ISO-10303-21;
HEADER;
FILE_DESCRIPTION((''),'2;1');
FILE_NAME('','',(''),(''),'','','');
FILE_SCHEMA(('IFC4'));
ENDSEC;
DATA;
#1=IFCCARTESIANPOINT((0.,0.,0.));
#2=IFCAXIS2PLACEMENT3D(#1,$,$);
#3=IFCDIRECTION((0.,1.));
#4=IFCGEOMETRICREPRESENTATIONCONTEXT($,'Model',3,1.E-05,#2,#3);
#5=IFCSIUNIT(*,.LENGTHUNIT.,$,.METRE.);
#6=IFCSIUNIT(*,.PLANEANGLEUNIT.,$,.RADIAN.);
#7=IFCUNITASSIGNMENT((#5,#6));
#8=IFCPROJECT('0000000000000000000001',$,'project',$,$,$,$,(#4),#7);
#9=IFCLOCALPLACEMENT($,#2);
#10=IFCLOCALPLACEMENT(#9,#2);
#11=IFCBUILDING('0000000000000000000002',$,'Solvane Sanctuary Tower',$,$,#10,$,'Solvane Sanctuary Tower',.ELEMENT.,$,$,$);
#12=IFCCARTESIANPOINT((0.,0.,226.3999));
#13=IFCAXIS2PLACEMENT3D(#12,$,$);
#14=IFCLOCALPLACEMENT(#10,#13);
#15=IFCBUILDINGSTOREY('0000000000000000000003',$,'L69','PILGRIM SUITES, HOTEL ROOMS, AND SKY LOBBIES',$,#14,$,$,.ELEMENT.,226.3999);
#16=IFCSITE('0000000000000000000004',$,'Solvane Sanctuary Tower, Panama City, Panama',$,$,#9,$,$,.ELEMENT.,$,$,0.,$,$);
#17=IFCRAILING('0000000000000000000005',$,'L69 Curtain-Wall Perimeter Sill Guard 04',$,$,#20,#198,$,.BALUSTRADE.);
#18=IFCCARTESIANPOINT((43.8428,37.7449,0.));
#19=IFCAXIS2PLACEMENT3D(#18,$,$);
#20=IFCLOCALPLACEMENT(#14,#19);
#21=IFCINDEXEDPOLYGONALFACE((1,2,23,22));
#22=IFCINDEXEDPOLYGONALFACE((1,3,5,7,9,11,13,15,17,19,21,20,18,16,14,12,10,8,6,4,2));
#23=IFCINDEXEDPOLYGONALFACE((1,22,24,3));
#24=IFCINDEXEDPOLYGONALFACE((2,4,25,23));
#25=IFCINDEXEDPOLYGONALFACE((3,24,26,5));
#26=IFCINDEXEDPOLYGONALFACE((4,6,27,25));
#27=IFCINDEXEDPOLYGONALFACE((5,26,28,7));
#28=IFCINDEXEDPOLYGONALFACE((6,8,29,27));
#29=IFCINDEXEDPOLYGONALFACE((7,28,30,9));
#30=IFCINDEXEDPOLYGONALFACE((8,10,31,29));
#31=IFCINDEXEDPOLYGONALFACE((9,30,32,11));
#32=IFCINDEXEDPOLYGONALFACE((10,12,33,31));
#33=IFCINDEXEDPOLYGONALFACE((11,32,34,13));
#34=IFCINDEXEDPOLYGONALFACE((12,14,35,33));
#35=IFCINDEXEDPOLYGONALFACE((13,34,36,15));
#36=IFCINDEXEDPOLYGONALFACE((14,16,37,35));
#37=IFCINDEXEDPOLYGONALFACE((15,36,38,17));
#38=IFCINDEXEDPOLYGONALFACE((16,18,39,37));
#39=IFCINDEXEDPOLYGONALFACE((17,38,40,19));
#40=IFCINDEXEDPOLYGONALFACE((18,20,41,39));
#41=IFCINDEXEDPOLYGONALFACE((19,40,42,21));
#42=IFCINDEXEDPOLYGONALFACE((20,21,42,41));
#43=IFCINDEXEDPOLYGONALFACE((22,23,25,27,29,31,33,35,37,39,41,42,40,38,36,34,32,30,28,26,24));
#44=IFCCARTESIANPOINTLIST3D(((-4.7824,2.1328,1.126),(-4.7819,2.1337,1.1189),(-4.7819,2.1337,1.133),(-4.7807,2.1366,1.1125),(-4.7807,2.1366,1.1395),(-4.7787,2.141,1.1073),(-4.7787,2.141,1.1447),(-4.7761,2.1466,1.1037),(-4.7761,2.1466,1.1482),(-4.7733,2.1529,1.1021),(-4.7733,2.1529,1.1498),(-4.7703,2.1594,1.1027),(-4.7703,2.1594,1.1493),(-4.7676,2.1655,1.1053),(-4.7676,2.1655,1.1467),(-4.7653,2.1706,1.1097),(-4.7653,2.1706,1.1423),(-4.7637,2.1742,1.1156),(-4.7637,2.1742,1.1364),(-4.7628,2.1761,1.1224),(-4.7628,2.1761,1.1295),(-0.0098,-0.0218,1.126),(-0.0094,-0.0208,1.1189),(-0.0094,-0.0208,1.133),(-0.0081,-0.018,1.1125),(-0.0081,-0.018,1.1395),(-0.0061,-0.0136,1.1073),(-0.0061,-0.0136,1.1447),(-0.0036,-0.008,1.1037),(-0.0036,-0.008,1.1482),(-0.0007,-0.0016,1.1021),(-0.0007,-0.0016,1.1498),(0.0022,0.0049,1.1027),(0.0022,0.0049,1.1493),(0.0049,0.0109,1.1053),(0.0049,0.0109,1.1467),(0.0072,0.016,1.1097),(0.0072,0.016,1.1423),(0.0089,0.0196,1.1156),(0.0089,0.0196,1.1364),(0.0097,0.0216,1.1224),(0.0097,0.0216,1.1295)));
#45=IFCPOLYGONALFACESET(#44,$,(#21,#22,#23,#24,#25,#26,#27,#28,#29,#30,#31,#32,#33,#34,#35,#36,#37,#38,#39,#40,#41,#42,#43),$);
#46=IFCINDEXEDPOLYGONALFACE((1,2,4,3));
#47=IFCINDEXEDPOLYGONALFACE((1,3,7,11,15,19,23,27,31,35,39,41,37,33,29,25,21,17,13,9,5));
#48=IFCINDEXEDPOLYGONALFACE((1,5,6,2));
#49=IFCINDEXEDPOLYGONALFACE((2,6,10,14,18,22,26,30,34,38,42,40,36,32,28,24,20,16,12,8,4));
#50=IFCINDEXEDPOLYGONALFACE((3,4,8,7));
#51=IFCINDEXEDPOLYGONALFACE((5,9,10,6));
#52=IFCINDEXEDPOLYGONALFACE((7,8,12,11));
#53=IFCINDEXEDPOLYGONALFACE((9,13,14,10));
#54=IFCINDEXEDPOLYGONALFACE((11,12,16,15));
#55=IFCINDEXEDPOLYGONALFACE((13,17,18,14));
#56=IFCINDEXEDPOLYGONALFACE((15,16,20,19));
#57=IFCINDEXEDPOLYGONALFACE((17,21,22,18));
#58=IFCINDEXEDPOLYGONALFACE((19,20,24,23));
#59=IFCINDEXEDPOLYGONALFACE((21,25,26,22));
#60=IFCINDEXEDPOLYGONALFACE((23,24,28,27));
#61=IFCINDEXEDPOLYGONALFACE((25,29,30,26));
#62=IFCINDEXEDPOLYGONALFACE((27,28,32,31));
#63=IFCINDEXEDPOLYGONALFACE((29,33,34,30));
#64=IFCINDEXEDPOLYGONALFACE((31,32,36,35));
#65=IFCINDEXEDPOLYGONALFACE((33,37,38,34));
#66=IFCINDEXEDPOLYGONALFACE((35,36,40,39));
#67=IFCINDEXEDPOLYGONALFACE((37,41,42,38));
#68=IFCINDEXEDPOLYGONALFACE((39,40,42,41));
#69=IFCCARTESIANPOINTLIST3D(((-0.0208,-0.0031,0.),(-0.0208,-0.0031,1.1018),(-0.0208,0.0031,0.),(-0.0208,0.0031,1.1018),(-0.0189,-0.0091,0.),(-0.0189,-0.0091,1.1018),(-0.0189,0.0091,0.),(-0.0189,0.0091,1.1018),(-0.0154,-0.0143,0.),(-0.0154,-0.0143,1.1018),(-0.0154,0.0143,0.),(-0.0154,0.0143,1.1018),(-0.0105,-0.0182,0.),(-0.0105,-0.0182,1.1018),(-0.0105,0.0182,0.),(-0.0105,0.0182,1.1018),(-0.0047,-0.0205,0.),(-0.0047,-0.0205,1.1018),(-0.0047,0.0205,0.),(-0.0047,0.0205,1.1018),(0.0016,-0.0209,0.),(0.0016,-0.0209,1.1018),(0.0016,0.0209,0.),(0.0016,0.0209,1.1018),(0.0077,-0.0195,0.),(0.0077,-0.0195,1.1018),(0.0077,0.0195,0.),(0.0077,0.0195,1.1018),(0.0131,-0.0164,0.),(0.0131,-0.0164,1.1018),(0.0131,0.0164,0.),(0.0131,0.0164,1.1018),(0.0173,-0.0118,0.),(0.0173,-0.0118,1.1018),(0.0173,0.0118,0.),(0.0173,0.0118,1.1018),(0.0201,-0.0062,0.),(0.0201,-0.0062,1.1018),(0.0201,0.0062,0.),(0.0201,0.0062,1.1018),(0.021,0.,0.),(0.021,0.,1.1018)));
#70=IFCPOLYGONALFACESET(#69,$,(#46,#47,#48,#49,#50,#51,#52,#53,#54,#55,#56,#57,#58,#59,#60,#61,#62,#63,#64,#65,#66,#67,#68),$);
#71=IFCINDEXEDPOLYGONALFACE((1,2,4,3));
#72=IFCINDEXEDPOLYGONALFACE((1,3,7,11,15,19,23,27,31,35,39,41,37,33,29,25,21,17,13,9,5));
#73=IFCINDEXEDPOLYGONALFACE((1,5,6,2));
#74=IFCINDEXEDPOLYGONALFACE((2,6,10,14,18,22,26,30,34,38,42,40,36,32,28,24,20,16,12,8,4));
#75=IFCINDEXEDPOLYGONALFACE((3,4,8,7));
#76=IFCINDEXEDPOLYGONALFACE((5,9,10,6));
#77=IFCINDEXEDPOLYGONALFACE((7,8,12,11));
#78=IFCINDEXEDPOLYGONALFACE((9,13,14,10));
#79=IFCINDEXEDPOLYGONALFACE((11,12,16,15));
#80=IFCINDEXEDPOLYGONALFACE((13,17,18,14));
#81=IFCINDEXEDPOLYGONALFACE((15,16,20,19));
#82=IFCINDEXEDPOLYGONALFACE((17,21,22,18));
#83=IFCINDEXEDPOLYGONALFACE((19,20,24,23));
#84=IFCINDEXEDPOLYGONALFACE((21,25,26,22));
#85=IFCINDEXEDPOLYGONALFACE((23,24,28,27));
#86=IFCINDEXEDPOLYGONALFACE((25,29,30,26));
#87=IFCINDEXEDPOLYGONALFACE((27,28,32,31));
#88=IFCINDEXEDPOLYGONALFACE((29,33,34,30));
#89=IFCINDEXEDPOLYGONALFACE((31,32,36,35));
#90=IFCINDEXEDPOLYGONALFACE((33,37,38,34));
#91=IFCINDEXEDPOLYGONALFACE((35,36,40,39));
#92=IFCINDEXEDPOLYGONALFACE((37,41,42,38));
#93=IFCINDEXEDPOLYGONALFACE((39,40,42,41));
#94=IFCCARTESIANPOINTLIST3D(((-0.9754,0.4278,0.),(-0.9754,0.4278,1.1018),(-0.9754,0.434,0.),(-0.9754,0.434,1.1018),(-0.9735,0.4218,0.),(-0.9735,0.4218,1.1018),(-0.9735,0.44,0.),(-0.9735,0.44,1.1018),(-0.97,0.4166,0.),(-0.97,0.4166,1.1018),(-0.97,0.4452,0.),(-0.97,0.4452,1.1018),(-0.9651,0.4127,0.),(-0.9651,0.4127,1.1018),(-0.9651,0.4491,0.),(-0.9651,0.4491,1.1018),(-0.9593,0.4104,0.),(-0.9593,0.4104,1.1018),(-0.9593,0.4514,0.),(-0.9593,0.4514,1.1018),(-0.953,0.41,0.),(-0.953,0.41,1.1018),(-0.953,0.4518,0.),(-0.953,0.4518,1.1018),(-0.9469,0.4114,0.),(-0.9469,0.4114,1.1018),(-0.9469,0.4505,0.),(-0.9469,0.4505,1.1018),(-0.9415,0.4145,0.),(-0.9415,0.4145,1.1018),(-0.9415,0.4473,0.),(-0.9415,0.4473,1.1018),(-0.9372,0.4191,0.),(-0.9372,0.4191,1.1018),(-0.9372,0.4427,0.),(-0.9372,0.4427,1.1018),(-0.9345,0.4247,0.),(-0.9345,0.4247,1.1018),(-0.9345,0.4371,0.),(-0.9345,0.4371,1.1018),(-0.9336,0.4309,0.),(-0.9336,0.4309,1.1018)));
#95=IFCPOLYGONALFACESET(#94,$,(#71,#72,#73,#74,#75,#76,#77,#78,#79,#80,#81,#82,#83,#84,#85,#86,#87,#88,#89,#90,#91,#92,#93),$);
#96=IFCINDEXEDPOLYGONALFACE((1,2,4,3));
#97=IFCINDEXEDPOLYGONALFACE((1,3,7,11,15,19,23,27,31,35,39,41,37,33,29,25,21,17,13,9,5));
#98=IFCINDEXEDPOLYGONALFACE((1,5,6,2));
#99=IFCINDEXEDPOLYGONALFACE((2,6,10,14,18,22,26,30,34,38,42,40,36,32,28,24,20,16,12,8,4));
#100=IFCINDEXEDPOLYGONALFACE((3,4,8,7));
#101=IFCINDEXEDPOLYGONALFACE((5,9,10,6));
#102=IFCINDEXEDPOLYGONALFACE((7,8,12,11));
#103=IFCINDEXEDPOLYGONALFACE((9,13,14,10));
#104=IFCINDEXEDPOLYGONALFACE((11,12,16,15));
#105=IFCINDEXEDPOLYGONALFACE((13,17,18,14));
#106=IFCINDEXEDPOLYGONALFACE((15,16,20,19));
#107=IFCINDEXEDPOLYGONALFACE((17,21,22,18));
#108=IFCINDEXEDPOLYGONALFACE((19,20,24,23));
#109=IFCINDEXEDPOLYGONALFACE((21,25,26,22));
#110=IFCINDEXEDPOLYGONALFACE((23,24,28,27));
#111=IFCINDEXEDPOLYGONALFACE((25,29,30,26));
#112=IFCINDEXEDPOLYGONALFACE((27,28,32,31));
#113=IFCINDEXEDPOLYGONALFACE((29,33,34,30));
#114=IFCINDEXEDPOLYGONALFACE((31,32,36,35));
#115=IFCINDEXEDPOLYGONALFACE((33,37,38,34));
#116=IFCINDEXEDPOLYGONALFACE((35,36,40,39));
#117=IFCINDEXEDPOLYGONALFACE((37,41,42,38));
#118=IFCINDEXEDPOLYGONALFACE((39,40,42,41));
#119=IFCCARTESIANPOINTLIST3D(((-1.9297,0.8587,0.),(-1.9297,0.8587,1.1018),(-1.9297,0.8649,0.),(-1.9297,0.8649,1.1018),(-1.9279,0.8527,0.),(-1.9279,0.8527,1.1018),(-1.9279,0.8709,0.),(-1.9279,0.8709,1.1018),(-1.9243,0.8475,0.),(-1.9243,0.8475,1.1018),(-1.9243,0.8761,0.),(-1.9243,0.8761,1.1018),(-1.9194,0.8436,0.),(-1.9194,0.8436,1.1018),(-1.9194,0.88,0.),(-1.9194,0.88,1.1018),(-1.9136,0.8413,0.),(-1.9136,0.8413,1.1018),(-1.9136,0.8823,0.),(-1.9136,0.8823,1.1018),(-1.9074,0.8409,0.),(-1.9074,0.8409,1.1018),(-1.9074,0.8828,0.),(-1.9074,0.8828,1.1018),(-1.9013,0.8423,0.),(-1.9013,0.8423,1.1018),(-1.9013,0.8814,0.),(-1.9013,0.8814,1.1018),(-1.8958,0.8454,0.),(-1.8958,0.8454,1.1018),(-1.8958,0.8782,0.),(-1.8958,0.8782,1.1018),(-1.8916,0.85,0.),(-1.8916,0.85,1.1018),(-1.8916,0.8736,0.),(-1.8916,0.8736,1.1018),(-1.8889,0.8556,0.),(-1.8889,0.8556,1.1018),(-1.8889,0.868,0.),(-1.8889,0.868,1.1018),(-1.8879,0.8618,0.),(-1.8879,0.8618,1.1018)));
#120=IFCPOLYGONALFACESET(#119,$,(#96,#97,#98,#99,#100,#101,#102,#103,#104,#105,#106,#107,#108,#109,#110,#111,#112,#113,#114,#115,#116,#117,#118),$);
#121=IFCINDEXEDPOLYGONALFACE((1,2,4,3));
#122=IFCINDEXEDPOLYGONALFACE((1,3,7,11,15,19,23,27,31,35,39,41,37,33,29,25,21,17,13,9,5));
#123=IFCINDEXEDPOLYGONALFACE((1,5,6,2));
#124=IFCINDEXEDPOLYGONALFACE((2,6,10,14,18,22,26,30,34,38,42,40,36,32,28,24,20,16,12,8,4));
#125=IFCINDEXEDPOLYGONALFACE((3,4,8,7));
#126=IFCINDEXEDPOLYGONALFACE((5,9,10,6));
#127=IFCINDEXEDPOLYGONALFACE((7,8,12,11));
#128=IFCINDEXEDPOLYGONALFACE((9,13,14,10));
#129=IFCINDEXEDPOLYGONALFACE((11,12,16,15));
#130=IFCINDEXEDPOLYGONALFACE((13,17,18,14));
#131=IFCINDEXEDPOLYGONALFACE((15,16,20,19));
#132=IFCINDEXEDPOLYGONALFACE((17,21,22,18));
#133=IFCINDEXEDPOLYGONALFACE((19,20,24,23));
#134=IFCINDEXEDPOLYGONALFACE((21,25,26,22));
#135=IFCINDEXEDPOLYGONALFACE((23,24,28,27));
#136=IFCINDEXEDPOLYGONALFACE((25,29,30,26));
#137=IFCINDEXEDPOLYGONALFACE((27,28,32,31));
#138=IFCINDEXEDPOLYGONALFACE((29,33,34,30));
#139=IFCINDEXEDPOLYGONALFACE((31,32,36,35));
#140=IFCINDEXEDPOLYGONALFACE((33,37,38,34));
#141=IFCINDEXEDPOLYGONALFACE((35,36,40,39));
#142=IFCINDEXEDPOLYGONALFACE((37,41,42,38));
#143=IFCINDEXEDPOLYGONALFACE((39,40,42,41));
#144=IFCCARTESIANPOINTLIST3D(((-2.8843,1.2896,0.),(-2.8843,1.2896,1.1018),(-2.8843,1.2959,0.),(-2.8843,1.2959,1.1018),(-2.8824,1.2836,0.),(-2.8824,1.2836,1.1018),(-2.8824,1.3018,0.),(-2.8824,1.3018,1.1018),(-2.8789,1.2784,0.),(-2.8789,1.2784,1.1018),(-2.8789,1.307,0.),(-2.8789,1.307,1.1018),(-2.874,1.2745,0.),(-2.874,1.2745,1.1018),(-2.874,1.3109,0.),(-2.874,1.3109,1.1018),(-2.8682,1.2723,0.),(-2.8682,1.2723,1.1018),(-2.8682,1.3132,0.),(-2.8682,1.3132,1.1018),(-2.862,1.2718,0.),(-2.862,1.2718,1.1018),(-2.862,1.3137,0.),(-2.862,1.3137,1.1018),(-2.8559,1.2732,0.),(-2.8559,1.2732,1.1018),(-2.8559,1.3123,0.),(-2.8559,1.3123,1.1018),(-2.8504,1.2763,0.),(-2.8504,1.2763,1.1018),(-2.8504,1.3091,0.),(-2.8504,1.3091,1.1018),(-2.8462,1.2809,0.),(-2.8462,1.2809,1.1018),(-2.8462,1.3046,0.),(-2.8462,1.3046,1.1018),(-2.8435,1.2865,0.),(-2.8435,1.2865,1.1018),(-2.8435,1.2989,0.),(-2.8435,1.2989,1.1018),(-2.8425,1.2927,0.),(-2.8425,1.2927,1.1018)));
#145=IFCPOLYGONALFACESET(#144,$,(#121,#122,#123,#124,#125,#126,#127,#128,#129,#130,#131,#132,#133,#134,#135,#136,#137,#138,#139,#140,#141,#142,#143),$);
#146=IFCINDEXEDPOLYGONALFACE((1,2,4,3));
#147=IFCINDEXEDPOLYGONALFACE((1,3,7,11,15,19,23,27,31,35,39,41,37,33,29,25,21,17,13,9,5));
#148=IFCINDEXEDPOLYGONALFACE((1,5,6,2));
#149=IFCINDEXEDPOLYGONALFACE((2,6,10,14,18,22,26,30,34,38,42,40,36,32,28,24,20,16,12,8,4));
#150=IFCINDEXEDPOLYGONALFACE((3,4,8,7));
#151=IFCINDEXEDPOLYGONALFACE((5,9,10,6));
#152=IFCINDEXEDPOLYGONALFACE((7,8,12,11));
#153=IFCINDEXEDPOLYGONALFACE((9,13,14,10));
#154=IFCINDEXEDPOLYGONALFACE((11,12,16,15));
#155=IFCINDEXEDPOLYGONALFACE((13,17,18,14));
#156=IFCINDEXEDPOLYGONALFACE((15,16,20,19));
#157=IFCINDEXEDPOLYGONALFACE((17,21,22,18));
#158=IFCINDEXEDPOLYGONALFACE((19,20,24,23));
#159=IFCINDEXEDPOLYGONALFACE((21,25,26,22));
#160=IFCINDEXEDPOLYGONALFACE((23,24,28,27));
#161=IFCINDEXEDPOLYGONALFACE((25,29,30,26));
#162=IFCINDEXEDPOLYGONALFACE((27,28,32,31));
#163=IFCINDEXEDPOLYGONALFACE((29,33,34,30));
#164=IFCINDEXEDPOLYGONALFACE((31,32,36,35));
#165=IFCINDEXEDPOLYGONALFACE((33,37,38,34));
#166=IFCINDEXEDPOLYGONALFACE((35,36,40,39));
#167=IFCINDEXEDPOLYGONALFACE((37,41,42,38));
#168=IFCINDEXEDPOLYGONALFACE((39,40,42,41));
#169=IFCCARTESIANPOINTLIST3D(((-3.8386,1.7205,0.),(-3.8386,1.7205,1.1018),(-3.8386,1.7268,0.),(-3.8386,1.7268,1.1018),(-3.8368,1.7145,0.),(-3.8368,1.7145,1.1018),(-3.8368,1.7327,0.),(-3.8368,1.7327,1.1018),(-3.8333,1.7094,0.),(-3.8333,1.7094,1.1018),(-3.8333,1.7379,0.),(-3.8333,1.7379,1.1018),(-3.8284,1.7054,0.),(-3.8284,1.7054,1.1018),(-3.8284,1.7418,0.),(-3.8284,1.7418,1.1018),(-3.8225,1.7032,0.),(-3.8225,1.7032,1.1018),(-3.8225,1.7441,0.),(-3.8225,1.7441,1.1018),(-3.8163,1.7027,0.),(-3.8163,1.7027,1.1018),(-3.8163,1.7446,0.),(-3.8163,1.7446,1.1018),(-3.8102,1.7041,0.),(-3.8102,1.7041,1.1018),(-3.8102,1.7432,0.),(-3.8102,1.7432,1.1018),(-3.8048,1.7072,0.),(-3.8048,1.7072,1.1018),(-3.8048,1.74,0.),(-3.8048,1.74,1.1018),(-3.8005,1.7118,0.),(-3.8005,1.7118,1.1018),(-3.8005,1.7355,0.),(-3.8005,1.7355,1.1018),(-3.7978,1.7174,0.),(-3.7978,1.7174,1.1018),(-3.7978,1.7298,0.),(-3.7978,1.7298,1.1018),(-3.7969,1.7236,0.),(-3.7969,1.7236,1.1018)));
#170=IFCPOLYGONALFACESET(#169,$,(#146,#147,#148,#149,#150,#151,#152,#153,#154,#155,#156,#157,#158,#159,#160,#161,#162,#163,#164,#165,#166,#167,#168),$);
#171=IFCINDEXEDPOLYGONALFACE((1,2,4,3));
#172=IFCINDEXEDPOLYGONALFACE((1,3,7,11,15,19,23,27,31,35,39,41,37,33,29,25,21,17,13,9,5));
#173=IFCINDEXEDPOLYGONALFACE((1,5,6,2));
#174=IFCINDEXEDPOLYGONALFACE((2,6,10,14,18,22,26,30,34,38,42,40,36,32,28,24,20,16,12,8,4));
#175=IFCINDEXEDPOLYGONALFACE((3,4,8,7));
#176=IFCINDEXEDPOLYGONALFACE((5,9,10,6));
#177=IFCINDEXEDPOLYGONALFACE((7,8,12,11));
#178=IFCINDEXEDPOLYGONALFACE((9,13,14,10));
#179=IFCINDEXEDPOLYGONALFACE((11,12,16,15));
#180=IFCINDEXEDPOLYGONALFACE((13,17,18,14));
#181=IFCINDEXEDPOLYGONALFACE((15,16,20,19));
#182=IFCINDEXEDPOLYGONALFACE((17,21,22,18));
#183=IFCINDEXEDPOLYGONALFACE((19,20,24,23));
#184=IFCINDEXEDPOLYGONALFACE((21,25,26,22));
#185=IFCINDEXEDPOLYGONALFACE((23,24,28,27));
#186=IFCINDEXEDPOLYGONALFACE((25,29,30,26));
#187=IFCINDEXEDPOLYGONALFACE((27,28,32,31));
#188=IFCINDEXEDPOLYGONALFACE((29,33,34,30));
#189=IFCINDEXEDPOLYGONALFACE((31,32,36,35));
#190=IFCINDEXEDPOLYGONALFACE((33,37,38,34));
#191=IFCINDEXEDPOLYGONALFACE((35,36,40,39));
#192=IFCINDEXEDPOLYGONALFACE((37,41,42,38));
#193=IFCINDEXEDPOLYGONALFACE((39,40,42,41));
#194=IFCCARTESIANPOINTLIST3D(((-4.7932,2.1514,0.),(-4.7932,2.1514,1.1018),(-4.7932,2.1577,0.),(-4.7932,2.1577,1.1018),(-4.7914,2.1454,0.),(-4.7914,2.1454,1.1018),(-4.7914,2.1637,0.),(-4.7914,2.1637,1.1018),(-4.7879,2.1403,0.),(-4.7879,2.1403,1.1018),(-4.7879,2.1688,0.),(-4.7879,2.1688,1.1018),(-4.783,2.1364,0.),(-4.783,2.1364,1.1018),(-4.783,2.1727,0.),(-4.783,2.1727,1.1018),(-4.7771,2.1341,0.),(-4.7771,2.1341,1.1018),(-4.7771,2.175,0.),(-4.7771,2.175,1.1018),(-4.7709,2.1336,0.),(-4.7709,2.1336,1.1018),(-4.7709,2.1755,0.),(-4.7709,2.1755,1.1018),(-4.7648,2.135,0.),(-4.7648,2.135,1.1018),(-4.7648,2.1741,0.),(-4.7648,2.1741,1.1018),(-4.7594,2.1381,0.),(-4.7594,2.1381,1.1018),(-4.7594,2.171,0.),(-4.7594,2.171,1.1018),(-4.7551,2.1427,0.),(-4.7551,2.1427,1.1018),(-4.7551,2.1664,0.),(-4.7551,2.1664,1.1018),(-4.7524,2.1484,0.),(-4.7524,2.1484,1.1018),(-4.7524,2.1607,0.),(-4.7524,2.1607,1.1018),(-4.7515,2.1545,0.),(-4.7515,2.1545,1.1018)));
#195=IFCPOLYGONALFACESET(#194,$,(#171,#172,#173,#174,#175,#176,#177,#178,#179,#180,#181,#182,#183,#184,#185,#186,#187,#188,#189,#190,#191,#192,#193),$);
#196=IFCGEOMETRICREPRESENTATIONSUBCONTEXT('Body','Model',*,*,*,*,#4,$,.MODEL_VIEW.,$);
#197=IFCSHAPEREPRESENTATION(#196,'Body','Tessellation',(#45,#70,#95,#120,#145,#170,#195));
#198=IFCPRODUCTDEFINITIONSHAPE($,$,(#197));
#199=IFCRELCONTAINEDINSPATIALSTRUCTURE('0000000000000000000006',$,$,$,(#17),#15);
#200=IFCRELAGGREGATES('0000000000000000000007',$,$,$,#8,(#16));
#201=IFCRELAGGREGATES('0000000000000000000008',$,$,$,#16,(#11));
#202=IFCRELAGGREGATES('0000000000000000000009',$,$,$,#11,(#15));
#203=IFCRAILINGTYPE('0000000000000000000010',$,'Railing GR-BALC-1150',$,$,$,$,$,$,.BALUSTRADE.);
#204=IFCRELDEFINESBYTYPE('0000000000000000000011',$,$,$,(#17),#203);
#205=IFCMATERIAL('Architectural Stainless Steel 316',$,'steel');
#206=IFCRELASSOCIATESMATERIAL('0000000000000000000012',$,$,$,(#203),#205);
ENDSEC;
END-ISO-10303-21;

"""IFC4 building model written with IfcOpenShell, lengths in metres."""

from ifc_helpers import new_model, si_unit, direction, frame, origin, origin_2d, place, context, subcontext, project, spatial, circle, extrude, material, type_object, element, save


model = new_model("IFC4")

# Units and contexts
model_context = context("Model", 3, precision=1e-05, world=origin(), true_north=direction((0.0, 1.0)))
body_context = subcontext(model_context, "Body", "Model", "MODEL_VIEW")
ifc_project = project(units=[si_unit("LENGTHUNIT", "METRE"), si_unit("PLANEANGLEUNIT", "RADIAN")], contexts=[model_context])

# Site, building, storey
site_placement = place(None, origin())
site = spatial("IfcSite", under=ifc_project, at=site_placement, Name="Solvane Sanctuary Tower, Panama City, Panama", CompositionType="ELEMENT", RefElevation=0.0)
building_placement = place(site_placement, origin())
building = spatial("IfcBuilding", under=site, at=building_placement, Name="Solvane Sanctuary Tower", LongName="Solvane Sanctuary Tower", CompositionType="ELEMENT")
storey_placement = place(building_placement, frame((0.0, 0.0, 226.3999)))
storey = spatial("IfcBuildingStorey", under=building, at=storey_placement, Name="L69", Description="PILGRIM SUITES, HOTEL ROOMS, AND SKY LOBBIES", CompositionType="ELEMENT", Elevation=226.3999)

# Shared definitions
ifc_material_1 = material(Name="Architectural Stainless Steel 316", Category="steel")

# Railing
railing_type = type_object("IfcRailingType", Name="Railing GR-BALC-1150", PredefinedType="BALUSTRADE", material=ifc_material_1)
railing_placement = place(storey_placement, frame((43.8428, 37.7449, 0.0)))
element("IfcRailing", 1, at=railing_placement, inside=storey, type_object=railing_type, Name="L69 Curtain-Wall Perimeter Sill Guard 04", PredefinedType="BALUSTRADE", context=body_context, shape_type="SweptSolid", body=[
    extrude(circle(Radius=0.0239, at=origin_2d()), frame((0.0, 0.0, 1.126), z_axis=(-0.911425, 0.411466, 0.0), x_axis=(-0.411466, -0.911425, 0.0)), (0.0, 0.0, 1.0), 5.2363),
    extrude(circle(Radius=0.021, at=origin_2d()), origin(), (0.0, 0.0, 1.0), 1.1018),
    extrude(circle(Radius=0.021, at=origin_2d()), frame((-0.9546, 0.4309, 0.0)), (0.0, 0.0, 1.0), 1.1018),
    extrude(circle(Radius=0.021, at=origin_2d()), frame((-1.9089, 0.8618, 0.0)), (0.0, 0.0, 1.0), 1.1018),
    extrude(circle(Radius=0.021, at=origin_2d()), frame((-2.8635, 1.2927, 0.0)), (0.0, 0.0, 1.0), 1.1018),
    extrude(circle(Radius=0.021, at=origin_2d()), frame((-3.8179, 1.7236, 0.0)), (0.0, 0.0, 1.0), 1.1018),
    extrude(circle(Radius=0.021, at=origin_2d()), frame((-4.7725, 2.1545, 0.0)), (0.0, 0.0, 1.0), 1.1018),
])

save(model, "model.ifc")
